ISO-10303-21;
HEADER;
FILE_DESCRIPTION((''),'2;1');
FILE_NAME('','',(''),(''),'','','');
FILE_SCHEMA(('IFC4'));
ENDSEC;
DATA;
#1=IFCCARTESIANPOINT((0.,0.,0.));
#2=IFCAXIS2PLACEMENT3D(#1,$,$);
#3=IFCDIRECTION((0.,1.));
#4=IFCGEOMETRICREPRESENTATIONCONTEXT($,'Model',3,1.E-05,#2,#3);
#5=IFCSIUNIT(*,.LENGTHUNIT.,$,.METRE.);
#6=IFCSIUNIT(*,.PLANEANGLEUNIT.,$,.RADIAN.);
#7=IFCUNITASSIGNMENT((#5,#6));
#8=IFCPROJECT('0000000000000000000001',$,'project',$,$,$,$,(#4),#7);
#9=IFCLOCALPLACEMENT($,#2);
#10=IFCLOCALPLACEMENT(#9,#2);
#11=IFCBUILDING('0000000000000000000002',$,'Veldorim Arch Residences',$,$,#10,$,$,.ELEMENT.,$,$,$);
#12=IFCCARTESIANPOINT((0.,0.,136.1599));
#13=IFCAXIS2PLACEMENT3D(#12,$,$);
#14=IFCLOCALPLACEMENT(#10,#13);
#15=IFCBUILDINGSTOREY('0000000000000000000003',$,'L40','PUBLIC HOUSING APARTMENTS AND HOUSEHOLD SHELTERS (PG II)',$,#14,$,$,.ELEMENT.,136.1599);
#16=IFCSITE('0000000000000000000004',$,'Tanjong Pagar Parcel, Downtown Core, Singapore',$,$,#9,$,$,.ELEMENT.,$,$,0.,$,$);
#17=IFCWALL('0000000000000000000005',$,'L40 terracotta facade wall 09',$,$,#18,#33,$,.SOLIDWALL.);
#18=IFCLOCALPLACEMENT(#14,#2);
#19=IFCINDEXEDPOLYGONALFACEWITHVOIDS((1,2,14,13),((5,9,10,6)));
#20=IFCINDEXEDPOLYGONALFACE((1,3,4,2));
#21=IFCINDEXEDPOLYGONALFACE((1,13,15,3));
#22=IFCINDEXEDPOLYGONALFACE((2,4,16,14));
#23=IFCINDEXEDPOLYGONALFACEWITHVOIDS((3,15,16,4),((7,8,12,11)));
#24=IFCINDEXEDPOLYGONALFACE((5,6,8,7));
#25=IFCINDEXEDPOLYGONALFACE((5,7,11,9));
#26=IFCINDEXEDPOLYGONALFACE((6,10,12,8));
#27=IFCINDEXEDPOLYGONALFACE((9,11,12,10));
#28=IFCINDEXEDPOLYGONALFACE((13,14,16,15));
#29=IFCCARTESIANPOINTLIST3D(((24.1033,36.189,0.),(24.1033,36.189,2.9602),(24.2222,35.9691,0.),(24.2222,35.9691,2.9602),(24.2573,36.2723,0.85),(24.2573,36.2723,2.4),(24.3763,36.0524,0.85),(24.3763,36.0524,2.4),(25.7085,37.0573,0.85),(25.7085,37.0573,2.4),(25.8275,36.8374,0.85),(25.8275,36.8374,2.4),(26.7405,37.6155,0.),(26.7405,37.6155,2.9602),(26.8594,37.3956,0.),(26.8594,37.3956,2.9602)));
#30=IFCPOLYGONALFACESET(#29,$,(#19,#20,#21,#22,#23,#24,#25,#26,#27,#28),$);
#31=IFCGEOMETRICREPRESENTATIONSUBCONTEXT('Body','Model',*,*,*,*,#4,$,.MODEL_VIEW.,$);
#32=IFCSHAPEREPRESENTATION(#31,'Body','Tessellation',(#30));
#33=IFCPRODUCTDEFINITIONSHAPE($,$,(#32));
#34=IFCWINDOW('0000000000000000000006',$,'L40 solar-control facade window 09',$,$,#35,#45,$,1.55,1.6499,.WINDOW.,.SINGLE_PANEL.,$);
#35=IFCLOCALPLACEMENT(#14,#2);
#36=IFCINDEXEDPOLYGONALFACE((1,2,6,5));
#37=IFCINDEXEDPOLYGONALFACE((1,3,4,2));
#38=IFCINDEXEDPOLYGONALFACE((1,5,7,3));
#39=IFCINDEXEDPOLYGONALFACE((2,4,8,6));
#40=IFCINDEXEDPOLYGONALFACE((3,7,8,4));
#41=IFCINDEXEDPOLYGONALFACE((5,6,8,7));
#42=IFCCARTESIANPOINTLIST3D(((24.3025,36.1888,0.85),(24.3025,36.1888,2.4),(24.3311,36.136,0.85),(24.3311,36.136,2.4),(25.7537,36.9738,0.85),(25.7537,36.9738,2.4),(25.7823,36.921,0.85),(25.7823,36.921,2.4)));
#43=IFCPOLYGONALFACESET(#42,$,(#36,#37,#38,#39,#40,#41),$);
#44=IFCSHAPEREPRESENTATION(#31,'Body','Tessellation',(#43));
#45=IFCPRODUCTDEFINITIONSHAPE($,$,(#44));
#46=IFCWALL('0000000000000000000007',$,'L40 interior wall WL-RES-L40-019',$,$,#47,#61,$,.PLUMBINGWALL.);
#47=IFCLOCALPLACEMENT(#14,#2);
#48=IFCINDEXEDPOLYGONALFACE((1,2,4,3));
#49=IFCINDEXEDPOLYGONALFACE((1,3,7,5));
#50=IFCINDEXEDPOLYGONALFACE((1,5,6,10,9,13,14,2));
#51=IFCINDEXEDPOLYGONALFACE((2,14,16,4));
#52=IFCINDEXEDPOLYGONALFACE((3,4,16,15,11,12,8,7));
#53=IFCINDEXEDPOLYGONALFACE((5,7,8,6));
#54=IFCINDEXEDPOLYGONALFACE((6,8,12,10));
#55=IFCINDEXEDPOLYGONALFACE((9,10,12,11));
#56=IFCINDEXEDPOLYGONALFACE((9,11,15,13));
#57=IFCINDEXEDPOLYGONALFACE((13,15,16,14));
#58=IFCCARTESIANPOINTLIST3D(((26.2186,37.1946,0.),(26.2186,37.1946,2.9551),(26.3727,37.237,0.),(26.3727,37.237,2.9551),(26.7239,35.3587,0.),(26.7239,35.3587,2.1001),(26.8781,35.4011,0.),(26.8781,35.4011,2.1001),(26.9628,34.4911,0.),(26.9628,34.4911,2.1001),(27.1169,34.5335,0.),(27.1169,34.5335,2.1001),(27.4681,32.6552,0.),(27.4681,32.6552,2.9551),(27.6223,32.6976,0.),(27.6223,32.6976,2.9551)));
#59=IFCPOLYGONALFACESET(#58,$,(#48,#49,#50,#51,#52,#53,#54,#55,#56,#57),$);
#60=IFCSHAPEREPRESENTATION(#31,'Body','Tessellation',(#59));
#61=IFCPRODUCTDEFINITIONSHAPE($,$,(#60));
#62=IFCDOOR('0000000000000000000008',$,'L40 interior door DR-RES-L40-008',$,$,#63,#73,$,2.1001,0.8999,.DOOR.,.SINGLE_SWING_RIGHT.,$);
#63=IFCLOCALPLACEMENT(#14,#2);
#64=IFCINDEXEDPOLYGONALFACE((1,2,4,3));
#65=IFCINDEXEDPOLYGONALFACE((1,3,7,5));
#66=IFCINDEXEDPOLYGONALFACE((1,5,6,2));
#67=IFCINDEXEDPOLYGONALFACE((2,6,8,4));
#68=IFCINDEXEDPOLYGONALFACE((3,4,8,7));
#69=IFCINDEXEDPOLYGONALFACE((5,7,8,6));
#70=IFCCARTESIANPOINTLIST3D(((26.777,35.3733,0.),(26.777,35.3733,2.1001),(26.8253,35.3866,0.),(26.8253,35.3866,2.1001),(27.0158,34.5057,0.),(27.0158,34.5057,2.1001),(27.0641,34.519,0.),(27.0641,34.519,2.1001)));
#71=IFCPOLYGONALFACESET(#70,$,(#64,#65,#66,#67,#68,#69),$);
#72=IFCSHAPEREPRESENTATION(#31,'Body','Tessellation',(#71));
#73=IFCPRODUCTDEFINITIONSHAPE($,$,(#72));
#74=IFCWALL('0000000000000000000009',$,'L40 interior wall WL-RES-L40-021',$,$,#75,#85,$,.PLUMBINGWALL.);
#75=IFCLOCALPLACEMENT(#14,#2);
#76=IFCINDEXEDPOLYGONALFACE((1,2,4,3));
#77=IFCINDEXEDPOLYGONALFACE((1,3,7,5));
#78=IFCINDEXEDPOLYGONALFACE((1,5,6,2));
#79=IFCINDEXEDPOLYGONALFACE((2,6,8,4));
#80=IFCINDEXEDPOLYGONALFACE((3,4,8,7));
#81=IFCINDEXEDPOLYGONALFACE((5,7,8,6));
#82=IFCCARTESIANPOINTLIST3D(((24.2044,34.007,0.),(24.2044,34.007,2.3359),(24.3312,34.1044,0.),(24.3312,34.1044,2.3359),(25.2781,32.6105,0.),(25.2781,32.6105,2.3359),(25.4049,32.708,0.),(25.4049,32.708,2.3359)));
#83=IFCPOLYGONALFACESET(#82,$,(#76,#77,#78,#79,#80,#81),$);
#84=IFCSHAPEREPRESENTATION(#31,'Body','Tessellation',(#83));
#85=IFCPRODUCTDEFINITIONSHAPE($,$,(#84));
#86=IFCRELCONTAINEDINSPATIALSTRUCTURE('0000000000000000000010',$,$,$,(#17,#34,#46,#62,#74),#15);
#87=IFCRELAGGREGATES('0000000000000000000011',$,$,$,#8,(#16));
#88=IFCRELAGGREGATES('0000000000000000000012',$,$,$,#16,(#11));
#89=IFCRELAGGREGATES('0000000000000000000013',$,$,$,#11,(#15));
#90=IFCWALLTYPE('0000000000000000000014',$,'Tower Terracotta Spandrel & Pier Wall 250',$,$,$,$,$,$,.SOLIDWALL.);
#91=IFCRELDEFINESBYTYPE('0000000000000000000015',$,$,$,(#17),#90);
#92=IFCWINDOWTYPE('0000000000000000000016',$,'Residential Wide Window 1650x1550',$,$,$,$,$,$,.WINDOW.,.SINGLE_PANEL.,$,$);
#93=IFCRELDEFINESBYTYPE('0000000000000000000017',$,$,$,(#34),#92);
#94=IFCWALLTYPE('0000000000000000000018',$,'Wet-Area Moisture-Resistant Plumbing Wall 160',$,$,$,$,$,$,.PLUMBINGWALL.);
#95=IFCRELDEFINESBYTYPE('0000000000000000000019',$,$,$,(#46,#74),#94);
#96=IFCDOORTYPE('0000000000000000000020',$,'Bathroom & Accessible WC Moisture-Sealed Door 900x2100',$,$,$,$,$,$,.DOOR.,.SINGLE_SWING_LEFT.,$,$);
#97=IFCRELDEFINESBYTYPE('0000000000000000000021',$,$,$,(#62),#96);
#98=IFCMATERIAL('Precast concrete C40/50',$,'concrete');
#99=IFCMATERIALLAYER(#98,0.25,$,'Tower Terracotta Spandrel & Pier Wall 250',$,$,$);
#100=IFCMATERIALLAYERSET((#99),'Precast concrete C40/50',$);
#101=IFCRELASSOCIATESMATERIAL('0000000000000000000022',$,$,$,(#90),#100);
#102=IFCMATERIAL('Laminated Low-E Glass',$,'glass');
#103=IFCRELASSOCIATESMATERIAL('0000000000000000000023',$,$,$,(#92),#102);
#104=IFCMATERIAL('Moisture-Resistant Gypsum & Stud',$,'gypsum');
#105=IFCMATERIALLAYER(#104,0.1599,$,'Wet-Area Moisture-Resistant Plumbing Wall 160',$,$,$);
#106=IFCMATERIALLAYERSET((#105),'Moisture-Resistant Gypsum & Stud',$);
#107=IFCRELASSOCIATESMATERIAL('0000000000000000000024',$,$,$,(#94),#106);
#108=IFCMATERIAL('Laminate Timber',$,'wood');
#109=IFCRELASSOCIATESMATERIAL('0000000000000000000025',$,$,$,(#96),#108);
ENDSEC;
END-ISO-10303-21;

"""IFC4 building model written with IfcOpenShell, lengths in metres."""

from ifc_helpers import new_model, si_unit, direction, frame, frame_2d, origin, place, context, subcontext, project, spatial, rectangle, extrude, material, layer, layer_set, type_object, element, fill, save


model = new_model("IFC4")

# Units and contexts
model_context = context("Model", 3, precision=1e-05, world=origin(), true_north=direction((0.0, 1.0)))
body_context = subcontext(model_context, "Body", "Model", "MODEL_VIEW")
ifc_project = project(units=[si_unit("LENGTHUNIT", "METRE"), si_unit("PLANEANGLEUNIT", "RADIAN")], contexts=[model_context])

# Site, building, storey
site_placement = place(None, origin())
site = spatial("IfcSite", under=ifc_project, at=site_placement, Name="Tanjong Pagar Parcel, Downtown Core, Singapore", CompositionType="ELEMENT", RefElevation=0.0)
building_placement = place(site_placement, origin())
building = spatial("IfcBuilding", under=site, at=building_placement, Name="Veldorim Arch Residences", CompositionType="ELEMENT")
storey_placement = place(building_placement, frame((0.0, 0.0, 136.1599)))
storey = spatial("IfcBuildingStorey", under=building, at=storey_placement, Name="L40", Description="PUBLIC HOUSING APARTMENTS AND HOUSEHOLD SHELTERS (PG II)", CompositionType="ELEMENT", Elevation=136.1599)

# Shared definitions
ifc_material_1 = material(Name="Precast concrete C40/50", Category="concrete")
ifc_layer_1 = layer(ifc_material_1, 0.25, Name="Tower Terracotta Spandrel & Pier Wall 250")
ifc_layer_set_1 = layer_set([ifc_layer_1], Name="Precast concrete C40/50")
wall_type_1 = type_object("IfcWallType", Name="Tower Terracotta Spandrel & Pier Wall 250", PredefinedType="SOLIDWALL", material=ifc_layer_set_1)

# Wall, opening, window
wall_1_placement = place(storey_placement, frame((24.1628, 36.0791, 0.0), z_axis=(0.0, 0.0, 1.0), x_axis=(0.879567, 0.475774, 0.0)))
wall_1 = element("IfcWall", 1, at=wall_1_placement, inside=storey, type_object=wall_type_1, Name="L40 terracotta facade wall 09", PredefinedType="SOLIDWALL", context=body_context, shape_type="SweptSolid", body=[
    extrude(rectangle(XDim=2.9983, YDim=0.25, at=frame_2d((1.499, 0.0))), origin(), (0.0, 0.0, 1.0), 2.9602),
])
opening_1_placement = place(wall_1_placement, frame((0.175, 0.0, 0.8501)))
opening_1 = element("IfcOpeningElement", 2, at=opening_1_placement, cuts=wall_1, PredefinedType="OPENING", context=body_context, shape_type="SweptSolid", body=[
    extrude(rectangle(XDim=1.6499, YDim=1.55, at=frame_2d((0.825, 0.7749))), frame((0.0, 0.135, 0.0), z_axis=(0.0, -1.0, 0.0), x_axis=(1.0, 0.0, 0.0)), (0.0, 0.0, 1.0), 0.27),
])
ifc_material_2 = material(Name="Laminated Low-E Glass", Category="glass")
window_type = type_object("IfcWindowType", Name="Residential Wide Window 1650x1550", PartitioningType="SINGLE_PANEL", PredefinedType="WINDOW", material=ifc_material_2)
window_placement = place(opening_1_placement, origin())
window = element("IfcWindow", 3, at=window_placement, inside=storey, type_object=window_type, Name="L40 solar-control facade window 09", OverallHeight=1.55, OverallWidth=1.6499, PartitioningType="SINGLE_PANEL", PredefinedType="WINDOW", context=body_context, shape_type="SweptSolid", body=[
    extrude(rectangle(XDim=1.6499, YDim=1.55, at=frame_2d((0.825, 0.7749))), frame((0.0, 0.03, 0.0), z_axis=(0.0, -1.0, 0.0), x_axis=(1.0, 0.0, 0.0)), (0.0, 0.0, 1.0), 0.0601),
])
fill(opening_1, window)

# Wall, opening, door
ifc_material_3 = material(Name="Moisture-Resistant Gypsum & Stud", Category="gypsum")
ifc_layer_2 = layer(ifc_material_3, 0.1599, Name="Wet-Area Moisture-Resistant Plumbing Wall 160")
ifc_layer_set_2 = layer_set([ifc_layer_2], Name="Moisture-Resistant Gypsum & Stud")
wall_type_2 = type_object("IfcWallType", Name="Wet-Area Moisture-Resistant Plumbing Wall 160", PredefinedType="PLUMBINGWALL", material=ifc_layer_set_2)
wall_2_placement = place(storey_placement, frame((27.5452, 32.6765, 0.0), z_axis=(0.0, 0.0, 1.0), x_axis=(-0.265394, 0.96414, 0.0)))
wall_2 = element("IfcWall", 4, at=wall_2_placement, inside=storey, type_object=wall_type_2, Name="L40 interior wall WL-RES-L40-019", PredefinedType="PLUMBINGWALL", context=body_context, shape_type="SweptSolid", body=[
    extrude(rectangle(XDim=4.7083, YDim=0.1599, at=frame_2d((2.354, 0.0))), origin(), (0.0, 0.0, 1.0), 2.9551),
])
opening_2_placement = place(wall_2_placement, frame((1.9041, 0.0, 0.0)))
opening_2 = element("IfcOpeningElement", 5, at=opening_2_placement, cuts=wall_2, PredefinedType="OPENING", context=body_context, shape_type="SweptSolid", body=[
    extrude(rectangle(XDim=0.8999, YDim=2.1001, at=frame_2d((0.45, 1.05))), frame((0.0, 0.0898, 0.0), z_axis=(0.0, -1.0, 0.0), x_axis=(1.0, 0.0, 0.0)), (0.0, 0.0, 1.0), 0.1799),
])
ifc_material_4 = material(Name="Laminate Timber", Category="wood")
door_type_1 = type_object("IfcDoorType", Name="Bathroom & Accessible WC Moisture-Sealed Door 900x2100", OperationType="SINGLE_SWING_LEFT", PredefinedType="DOOR", material=ifc_material_4)
door_1_placement = place(opening_2_placement, origin())
door_1 = element("IfcDoor", 6, at=door_1_placement, inside=storey, type_object=door_type_1, Name="L40 interior door DR-RES-L40-008", OperationType="SINGLE_SWING_RIGHT", OverallHeight=2.1001, OverallWidth=0.8999, PredefinedType="DOOR", context=body_context, shape_type="SweptSolid", body=[
    extrude(rectangle(XDim=0.8999, YDim=2.1001, at=frame_2d((0.45, 1.05))), frame((0.0, 0.0249, 0.0), z_axis=(0.0, -1.0, 0.0), x_axis=(1.0, 0.0, 0.0)), (0.0, 0.0, 1.0), 0.05),
])
fill(opening_2, door_1)

# Wall
wall_3_placement = place(storey_placement, frame((25.3416, 32.6592, 0.0), z_axis=(0.0, 0.0, 1.0), x_axis=(-0.609537, 0.792758, 0.0)))
element("IfcWall", 7, at=wall_3_placement, inside=storey, type_object=wall_type_2, Name="L40 interior wall WL-RES-L40-021", PredefinedType="PLUMBINGWALL", context=body_context, shape_type="SweptSolid", body=[
    extrude(rectangle(XDim=1.7615, YDim=0.1599, at=frame_2d((0.8809, 0.0))), origin(), (0.0, 0.0, 1.0), 2.3359),
])

save(model, "model.ifc")
